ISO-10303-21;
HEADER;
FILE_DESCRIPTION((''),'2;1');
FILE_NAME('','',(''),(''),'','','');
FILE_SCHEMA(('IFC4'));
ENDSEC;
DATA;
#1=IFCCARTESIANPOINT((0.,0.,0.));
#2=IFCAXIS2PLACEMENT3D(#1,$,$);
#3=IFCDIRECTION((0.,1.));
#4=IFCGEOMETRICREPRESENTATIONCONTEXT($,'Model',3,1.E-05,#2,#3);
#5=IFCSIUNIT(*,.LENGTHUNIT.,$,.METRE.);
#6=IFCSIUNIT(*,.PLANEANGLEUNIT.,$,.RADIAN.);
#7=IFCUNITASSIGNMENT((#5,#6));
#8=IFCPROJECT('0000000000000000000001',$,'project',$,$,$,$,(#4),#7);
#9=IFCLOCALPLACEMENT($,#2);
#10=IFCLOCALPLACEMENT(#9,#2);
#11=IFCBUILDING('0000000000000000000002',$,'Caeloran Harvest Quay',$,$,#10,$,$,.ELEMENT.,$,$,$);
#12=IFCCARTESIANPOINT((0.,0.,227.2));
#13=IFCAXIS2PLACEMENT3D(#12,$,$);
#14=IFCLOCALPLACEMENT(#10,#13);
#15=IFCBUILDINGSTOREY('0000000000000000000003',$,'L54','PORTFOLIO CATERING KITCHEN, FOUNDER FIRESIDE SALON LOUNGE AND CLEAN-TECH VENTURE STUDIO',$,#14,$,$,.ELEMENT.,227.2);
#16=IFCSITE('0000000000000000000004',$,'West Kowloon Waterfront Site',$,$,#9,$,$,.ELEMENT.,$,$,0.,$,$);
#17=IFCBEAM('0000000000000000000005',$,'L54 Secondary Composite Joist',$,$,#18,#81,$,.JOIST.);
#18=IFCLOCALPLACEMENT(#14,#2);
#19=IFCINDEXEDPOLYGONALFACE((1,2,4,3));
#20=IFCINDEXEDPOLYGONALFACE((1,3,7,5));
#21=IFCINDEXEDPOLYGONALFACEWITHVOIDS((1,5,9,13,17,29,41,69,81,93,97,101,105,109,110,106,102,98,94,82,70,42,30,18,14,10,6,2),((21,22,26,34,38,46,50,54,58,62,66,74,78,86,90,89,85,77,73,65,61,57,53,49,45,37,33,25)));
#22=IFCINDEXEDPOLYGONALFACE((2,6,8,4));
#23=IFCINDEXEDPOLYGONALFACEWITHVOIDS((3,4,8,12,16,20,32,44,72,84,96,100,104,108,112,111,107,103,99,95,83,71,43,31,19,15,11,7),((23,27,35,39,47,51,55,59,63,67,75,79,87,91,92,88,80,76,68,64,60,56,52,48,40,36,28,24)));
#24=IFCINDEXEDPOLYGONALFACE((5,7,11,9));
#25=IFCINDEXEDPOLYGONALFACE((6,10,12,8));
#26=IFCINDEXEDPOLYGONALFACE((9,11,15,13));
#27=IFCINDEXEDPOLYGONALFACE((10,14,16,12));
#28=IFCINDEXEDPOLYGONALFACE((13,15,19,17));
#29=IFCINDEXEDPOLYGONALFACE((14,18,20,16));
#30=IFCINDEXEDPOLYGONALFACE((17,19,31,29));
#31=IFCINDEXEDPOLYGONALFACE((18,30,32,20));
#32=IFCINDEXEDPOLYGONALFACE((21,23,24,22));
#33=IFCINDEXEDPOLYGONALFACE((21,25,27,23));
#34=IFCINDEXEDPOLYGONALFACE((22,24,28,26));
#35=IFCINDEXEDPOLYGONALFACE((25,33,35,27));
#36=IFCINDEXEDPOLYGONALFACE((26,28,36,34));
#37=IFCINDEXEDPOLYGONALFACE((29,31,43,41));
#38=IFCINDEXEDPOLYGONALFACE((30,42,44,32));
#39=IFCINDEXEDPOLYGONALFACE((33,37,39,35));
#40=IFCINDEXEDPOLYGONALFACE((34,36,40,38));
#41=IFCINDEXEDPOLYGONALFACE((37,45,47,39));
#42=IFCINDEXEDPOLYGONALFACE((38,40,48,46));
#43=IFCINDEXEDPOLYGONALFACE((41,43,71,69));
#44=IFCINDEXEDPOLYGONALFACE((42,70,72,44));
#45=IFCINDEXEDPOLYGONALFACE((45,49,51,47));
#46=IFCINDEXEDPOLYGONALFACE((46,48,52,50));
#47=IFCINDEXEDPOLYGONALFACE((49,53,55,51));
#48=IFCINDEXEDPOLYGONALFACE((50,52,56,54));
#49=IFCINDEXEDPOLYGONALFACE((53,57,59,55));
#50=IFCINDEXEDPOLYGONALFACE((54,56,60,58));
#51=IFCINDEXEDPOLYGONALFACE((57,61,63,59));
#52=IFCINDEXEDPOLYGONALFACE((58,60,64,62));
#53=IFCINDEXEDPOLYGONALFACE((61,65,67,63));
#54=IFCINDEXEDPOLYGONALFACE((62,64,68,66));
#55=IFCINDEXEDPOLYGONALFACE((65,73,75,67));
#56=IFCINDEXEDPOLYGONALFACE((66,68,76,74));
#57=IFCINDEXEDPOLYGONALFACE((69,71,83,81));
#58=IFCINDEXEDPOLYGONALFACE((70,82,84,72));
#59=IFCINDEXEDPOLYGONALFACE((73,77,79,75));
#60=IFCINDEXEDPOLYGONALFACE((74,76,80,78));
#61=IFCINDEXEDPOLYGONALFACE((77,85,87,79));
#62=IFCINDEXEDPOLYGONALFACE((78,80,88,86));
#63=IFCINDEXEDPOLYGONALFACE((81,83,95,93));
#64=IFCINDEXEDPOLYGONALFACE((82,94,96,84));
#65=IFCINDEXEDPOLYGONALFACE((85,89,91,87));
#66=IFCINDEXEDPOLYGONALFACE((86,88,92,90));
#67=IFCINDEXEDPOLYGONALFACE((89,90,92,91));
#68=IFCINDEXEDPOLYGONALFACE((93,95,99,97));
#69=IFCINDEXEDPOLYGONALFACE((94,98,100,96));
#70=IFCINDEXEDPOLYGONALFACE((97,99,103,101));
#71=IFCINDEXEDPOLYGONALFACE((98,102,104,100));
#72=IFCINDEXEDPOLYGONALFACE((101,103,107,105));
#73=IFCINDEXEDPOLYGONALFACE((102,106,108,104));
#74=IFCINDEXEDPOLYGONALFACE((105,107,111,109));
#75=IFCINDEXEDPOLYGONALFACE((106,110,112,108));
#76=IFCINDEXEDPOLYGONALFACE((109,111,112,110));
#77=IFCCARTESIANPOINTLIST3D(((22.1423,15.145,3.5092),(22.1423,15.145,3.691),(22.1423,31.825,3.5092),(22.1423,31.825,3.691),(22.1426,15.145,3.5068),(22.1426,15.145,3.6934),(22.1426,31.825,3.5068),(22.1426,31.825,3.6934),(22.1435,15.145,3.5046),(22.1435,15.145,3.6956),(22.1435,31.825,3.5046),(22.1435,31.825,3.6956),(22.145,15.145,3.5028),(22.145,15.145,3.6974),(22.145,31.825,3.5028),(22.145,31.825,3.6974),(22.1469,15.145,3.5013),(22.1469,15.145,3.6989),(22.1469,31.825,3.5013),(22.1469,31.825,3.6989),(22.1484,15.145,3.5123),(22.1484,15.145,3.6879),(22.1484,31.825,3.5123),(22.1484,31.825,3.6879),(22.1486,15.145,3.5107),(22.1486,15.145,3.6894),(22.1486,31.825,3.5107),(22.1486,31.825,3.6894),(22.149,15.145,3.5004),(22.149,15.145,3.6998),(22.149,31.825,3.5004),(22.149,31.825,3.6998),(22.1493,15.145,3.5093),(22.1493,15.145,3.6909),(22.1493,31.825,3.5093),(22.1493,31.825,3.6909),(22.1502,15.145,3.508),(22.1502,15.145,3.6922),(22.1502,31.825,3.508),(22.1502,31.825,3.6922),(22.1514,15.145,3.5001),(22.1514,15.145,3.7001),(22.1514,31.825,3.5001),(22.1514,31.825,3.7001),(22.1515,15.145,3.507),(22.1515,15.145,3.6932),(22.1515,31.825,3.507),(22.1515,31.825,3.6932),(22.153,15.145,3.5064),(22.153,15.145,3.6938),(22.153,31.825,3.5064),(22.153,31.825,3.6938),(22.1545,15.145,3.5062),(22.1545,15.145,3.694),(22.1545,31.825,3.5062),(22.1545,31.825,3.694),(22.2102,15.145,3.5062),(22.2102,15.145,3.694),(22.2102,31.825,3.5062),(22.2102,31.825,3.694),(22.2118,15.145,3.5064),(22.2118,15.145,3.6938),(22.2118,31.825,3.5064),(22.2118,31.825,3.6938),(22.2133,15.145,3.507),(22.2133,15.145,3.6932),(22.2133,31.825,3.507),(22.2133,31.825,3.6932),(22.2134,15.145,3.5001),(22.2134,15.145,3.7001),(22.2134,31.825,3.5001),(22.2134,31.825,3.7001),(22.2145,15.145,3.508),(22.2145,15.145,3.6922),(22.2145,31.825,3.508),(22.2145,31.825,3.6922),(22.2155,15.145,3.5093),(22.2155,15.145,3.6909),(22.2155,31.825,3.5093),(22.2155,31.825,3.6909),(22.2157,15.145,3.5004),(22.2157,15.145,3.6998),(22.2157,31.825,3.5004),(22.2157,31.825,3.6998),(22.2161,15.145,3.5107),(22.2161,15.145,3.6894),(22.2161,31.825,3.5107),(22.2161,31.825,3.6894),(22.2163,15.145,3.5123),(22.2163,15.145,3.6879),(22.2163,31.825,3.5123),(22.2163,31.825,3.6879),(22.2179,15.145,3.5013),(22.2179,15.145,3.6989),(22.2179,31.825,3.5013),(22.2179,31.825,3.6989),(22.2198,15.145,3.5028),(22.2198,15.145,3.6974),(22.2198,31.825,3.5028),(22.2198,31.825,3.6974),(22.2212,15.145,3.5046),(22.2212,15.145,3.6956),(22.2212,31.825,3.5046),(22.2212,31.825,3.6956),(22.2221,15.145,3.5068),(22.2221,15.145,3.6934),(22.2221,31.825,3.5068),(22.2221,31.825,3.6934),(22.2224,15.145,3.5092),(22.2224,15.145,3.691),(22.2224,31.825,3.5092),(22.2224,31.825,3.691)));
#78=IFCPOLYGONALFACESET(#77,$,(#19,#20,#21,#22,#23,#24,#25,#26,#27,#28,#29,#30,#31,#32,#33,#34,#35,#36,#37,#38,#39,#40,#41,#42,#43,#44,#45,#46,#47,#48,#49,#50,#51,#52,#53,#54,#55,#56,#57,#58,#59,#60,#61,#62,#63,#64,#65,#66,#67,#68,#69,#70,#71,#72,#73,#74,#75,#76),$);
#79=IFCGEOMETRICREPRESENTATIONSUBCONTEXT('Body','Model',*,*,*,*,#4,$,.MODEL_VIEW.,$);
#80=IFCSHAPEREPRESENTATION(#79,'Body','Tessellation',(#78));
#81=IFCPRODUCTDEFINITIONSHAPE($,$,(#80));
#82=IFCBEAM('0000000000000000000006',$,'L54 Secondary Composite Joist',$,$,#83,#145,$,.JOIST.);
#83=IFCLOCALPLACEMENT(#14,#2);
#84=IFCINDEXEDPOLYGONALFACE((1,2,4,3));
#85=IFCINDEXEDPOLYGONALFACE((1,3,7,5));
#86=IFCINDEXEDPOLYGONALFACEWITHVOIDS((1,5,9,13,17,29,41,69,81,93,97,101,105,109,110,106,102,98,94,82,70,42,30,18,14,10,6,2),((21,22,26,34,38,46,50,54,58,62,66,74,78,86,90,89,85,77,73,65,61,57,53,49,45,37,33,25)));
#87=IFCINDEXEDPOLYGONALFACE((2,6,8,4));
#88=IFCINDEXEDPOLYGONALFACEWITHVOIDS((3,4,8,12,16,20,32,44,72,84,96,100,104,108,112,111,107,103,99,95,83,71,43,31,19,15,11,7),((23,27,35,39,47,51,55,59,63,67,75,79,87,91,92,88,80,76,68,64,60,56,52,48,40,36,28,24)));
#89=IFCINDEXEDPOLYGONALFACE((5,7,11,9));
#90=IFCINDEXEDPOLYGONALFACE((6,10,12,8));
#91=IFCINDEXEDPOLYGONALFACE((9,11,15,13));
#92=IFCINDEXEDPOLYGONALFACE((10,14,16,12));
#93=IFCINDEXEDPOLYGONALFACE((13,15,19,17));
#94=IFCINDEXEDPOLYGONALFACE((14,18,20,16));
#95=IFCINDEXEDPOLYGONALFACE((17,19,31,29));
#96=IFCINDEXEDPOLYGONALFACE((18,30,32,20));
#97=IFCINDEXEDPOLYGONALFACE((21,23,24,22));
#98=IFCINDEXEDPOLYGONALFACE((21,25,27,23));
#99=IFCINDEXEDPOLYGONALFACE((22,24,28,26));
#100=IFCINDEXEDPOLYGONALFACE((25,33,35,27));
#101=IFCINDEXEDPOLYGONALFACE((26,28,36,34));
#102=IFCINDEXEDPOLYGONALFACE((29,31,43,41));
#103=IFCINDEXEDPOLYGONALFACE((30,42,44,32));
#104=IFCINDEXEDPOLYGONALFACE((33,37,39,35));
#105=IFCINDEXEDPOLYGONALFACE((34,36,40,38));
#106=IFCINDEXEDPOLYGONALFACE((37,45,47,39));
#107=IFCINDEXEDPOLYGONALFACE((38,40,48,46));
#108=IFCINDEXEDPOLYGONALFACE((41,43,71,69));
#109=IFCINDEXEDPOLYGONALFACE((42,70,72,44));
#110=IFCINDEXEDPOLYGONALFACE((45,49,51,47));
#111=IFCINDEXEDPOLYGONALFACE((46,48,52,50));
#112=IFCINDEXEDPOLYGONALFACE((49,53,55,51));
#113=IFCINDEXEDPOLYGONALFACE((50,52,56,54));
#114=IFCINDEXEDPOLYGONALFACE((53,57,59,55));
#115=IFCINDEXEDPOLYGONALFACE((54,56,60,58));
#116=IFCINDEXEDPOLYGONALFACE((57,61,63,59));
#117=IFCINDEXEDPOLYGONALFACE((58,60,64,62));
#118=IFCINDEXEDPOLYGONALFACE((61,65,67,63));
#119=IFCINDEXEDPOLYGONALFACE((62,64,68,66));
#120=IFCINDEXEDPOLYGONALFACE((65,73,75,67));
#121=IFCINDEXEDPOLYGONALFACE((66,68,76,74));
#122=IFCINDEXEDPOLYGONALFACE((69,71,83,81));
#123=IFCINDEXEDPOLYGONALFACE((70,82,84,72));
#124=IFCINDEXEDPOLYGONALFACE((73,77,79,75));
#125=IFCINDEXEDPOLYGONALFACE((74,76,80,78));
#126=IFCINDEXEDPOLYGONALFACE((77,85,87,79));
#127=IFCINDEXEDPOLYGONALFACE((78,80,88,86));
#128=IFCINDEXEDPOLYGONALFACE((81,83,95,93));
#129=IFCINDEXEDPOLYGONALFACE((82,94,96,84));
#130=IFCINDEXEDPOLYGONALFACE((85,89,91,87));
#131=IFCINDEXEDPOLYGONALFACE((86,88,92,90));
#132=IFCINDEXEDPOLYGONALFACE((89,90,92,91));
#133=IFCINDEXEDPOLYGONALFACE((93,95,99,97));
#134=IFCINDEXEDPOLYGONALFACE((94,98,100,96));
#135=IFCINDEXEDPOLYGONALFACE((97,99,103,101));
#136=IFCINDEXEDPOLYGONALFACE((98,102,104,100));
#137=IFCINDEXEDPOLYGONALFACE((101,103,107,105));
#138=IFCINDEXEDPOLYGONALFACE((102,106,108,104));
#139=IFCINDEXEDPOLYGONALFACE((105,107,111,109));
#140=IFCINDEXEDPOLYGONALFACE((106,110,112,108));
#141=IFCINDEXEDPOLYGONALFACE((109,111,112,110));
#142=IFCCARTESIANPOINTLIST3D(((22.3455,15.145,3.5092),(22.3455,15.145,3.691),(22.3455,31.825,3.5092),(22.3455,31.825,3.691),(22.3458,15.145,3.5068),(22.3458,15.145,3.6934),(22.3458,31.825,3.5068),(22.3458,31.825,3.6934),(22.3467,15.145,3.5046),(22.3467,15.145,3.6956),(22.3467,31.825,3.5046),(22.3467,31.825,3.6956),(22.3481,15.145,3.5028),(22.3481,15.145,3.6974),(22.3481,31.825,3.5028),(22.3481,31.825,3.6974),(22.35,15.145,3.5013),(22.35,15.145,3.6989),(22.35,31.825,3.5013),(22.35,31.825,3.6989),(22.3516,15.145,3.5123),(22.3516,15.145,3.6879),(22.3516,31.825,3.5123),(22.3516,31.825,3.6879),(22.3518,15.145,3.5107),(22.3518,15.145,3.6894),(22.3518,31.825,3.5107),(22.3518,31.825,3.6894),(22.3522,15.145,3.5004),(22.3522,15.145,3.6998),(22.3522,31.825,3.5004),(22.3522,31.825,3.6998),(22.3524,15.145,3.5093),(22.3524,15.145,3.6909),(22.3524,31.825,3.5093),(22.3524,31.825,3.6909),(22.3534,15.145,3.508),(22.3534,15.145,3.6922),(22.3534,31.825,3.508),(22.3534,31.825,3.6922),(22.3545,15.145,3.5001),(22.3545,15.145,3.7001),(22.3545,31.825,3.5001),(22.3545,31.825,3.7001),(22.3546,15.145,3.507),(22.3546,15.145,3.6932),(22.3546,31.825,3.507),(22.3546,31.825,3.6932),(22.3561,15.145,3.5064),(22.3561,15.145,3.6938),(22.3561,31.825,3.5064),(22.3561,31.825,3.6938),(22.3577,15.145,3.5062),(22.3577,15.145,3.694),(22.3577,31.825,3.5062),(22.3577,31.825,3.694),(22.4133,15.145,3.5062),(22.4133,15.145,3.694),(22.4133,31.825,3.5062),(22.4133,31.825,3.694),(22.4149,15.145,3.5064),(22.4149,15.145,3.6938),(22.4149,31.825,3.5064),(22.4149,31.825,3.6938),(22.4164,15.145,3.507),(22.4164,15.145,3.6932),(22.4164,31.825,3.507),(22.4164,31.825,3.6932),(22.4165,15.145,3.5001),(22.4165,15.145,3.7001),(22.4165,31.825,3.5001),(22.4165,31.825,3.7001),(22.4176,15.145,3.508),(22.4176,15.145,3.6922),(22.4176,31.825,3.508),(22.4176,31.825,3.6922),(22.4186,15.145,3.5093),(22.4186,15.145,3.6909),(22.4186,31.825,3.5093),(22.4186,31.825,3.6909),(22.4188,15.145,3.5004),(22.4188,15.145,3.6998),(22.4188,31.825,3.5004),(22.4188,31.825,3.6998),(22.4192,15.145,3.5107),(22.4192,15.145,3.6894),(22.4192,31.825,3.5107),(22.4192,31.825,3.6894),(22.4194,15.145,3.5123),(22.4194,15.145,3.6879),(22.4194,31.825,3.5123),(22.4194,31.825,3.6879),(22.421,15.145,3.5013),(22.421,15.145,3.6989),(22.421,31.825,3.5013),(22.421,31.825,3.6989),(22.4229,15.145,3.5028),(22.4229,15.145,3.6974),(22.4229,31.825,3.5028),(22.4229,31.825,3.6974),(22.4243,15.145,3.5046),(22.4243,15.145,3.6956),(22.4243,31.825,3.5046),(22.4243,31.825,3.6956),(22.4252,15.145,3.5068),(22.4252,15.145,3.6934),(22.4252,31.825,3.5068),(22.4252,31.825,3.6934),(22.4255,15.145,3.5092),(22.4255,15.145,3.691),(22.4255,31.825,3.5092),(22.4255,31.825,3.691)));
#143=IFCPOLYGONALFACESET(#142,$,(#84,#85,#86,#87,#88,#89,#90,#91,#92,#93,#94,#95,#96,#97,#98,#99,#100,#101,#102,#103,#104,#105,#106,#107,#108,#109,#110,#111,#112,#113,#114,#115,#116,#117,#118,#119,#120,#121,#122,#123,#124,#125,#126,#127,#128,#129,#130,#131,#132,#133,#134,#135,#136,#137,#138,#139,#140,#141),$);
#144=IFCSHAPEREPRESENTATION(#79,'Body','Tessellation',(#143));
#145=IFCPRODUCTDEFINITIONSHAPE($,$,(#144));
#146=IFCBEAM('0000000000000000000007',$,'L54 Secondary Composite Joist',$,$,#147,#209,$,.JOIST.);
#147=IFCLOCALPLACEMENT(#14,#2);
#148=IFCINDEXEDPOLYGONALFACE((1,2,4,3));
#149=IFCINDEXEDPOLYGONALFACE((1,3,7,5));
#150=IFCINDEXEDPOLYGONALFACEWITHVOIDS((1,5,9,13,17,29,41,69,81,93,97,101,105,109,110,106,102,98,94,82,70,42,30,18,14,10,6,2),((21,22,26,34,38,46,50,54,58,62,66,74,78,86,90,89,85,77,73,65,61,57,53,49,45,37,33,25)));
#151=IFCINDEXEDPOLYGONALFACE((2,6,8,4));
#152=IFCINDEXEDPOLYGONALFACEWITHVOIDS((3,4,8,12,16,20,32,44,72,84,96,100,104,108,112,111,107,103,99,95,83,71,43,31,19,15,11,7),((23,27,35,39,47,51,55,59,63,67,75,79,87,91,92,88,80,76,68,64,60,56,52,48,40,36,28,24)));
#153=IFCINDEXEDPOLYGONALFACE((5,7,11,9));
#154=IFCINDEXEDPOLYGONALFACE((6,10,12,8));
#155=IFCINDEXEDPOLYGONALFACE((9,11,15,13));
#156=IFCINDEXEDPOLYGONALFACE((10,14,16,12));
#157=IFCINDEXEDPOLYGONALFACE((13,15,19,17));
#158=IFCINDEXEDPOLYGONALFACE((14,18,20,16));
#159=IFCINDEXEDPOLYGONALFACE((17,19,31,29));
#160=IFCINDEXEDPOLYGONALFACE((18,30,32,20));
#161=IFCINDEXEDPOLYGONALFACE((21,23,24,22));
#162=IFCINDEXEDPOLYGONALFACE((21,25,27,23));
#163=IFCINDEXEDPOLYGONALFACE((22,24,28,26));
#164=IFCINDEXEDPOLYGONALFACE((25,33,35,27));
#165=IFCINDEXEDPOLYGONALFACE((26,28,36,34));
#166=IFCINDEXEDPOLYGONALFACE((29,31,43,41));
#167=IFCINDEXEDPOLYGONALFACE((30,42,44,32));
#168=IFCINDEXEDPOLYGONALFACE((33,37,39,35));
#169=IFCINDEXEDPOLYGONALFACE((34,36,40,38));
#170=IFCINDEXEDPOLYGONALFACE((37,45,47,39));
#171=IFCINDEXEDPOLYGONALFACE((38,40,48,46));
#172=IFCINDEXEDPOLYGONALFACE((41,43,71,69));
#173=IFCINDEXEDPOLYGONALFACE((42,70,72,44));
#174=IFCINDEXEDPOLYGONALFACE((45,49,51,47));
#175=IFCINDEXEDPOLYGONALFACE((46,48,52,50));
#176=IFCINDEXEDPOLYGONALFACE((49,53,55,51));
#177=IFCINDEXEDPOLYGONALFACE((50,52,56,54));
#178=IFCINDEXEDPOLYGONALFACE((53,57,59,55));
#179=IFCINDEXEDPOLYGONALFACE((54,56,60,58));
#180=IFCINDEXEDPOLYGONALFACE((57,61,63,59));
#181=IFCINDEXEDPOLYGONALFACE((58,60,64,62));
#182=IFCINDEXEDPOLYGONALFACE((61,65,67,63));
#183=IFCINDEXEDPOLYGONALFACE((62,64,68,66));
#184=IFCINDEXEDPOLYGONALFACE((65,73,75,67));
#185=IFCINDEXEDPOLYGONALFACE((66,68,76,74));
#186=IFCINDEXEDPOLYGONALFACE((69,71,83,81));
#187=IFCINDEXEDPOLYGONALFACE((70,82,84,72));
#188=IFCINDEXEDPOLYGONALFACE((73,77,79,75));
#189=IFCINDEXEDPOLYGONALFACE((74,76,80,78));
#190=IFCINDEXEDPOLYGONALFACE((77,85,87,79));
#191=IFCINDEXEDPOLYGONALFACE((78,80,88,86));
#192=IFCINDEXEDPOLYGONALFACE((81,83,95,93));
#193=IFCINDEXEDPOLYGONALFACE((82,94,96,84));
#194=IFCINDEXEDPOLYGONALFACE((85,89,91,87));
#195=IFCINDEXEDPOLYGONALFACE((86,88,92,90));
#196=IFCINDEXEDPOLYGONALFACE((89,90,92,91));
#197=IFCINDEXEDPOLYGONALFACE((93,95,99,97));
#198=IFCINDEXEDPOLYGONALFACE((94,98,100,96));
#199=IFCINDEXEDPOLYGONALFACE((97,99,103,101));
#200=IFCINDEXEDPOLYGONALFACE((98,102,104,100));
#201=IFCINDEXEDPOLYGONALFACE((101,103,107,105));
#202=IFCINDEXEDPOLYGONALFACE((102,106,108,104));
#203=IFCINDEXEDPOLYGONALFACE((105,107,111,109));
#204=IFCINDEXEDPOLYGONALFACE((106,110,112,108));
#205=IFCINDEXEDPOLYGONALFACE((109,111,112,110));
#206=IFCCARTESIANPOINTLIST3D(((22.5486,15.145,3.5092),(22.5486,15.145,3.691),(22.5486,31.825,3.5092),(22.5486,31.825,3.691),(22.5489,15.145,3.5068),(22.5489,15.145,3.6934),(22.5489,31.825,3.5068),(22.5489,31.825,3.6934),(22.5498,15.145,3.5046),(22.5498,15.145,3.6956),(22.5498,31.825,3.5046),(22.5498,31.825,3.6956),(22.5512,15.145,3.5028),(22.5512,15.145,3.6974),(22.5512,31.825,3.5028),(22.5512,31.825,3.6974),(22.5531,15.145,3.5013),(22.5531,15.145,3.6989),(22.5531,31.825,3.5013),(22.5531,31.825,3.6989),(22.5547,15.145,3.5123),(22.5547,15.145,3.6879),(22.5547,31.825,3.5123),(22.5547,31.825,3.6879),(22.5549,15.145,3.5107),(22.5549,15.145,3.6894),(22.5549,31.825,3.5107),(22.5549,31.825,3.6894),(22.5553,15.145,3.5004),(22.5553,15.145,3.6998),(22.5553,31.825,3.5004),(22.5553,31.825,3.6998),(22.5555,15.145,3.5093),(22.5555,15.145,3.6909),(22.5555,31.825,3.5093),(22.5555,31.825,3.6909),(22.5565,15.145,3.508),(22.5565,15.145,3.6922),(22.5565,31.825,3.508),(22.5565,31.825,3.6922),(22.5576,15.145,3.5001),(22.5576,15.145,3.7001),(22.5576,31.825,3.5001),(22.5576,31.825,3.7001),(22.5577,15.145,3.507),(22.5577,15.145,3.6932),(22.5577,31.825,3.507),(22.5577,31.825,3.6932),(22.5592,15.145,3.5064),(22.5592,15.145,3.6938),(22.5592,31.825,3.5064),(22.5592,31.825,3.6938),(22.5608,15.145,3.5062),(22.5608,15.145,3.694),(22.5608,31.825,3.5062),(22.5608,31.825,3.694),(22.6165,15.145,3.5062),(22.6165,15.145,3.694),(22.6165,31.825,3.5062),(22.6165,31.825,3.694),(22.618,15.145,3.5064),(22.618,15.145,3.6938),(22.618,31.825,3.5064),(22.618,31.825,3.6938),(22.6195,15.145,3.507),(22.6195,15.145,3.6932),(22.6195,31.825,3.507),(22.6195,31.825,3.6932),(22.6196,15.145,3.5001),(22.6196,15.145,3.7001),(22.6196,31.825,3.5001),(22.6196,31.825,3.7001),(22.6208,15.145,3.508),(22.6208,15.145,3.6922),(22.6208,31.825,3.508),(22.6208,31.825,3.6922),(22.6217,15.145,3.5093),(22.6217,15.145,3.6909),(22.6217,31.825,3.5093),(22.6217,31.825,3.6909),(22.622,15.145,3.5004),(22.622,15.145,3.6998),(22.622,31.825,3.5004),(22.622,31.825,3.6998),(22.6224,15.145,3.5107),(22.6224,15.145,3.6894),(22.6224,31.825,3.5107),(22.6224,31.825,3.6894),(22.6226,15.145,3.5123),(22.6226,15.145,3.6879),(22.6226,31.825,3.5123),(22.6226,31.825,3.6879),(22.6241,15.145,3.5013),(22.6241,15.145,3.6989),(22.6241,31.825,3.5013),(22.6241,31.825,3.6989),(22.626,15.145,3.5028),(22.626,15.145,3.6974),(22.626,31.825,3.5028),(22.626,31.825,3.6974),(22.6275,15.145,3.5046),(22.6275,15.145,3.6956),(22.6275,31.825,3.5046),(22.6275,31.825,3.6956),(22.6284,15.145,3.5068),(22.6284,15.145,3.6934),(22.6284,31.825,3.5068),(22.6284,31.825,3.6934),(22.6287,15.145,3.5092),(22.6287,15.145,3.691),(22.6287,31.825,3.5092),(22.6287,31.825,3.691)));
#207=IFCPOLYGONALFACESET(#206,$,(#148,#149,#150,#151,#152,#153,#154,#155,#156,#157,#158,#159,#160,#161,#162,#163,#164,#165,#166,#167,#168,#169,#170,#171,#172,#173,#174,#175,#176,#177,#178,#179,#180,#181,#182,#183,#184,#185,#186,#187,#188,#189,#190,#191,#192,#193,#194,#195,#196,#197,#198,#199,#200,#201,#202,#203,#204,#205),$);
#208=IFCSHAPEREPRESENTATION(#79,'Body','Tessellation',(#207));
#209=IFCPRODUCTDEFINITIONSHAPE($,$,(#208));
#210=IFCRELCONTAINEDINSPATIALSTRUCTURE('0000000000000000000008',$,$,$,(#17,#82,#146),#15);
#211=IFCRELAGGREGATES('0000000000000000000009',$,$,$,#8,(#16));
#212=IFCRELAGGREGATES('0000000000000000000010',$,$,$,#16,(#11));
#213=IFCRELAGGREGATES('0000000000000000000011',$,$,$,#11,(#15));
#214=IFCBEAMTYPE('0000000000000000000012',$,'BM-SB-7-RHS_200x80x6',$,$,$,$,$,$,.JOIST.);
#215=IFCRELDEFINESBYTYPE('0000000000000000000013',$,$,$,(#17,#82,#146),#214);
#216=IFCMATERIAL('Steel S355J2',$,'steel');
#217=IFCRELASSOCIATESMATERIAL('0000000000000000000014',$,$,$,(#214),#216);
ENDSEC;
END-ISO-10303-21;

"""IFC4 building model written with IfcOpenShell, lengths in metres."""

from ifc_helpers import new_model, si_unit, direction, frame, origin, origin_2d, place, context, subcontext, project, spatial, hollow_rectangle, extrude, material, material_profile, profile_set, type_object, element, save


model = new_model("IFC4")

# Units and contexts
model_context = context("Model", 3, precision=1e-05, world=origin(), true_north=direction((0.0, 1.0)))
body_context = subcontext(model_context, "Body", "Model", "MODEL_VIEW")
ifc_project = project(units=[si_unit("LENGTHUNIT", "METRE"), si_unit("PLANEANGLEUNIT", "RADIAN")], contexts=[model_context])

# Site, building, storey
site_placement = place(None, origin())
site = spatial("IfcSite", under=ifc_project, at=site_placement, Name="West Kowloon Waterfront Site", CompositionType="ELEMENT", RefElevation=0.0)
building_placement = place(site_placement, origin())
building = spatial("IfcBuilding", under=site, at=building_placement, Name="Caeloran Harvest Quay", CompositionType="ELEMENT")
storey_placement = place(building_placement, frame((0.0, 0.0, 227.2)))
storey = spatial("IfcBuildingStorey", under=building, at=storey_placement, Name="L54", Description="PORTFOLIO CATERING KITCHEN, FOUNDER FIRESIDE SALON LOUNGE AND CLEAN-TECH VENTURE STUDIO", CompositionType="ELEMENT", Elevation=227.2)

# Beams
ifc_material_1 = material(Name="Steel S355J2", Category="steel")
ifc_material_profile_1 = material_profile(ifc_material_1, hollow_rectangle(XDim=0.0801, YDim=0.2, WallThickness=0.0061, InnerFilletRadius=0.0061, OuterFilletRadius=0.009, at=origin_2d()), Name="RHS 200x80x6")
ifc_profile_set_1 = profile_set([ifc_material_profile_1], Name="Steel S355J2")
beam_type_1 = type_object("IfcBeamType", Name="BM-SB-7-RHS_200x80x6", PredefinedType="JOIST", material=ifc_profile_set_1)
for number, where, z_axis, x_axis, name in (
    (1, (22.1824, 15.145, 3.6001), (0.0, 1.0, 0.0), (-1.0, 0.0, 0.0), "L54 Secondary Composite Joist"),
    (2, (22.3855, 15.145, 3.6001), (0.0, 1.0, 0.0), (-1.0, 0.0, 0.0), "L54 Secondary Composite Joist"),
    (3, (22.5886, 15.145, 3.6001), (0.0, 1.0, 0.0), (-1.0, 0.0, 0.0), "L54 Secondary Composite Joist"),
):
    element("IfcBeam", number, at=place(storey_placement, frame(where, z_axis=z_axis, x_axis=x_axis)), inside=storey, type_object=beam_type_1, Name=name, PredefinedType="JOIST", context=body_context, shape_type="SweptSolid", body=[
        extrude(hollow_rectangle(XDim=0.0801, YDim=0.2, WallThickness=0.0061, InnerFilletRadius=0.0061, OuterFilletRadius=0.009, at=origin_2d()), origin(), (0.0, 0.0, 1.0), 16.6799),
    ])

save(model, "model.ifc")
